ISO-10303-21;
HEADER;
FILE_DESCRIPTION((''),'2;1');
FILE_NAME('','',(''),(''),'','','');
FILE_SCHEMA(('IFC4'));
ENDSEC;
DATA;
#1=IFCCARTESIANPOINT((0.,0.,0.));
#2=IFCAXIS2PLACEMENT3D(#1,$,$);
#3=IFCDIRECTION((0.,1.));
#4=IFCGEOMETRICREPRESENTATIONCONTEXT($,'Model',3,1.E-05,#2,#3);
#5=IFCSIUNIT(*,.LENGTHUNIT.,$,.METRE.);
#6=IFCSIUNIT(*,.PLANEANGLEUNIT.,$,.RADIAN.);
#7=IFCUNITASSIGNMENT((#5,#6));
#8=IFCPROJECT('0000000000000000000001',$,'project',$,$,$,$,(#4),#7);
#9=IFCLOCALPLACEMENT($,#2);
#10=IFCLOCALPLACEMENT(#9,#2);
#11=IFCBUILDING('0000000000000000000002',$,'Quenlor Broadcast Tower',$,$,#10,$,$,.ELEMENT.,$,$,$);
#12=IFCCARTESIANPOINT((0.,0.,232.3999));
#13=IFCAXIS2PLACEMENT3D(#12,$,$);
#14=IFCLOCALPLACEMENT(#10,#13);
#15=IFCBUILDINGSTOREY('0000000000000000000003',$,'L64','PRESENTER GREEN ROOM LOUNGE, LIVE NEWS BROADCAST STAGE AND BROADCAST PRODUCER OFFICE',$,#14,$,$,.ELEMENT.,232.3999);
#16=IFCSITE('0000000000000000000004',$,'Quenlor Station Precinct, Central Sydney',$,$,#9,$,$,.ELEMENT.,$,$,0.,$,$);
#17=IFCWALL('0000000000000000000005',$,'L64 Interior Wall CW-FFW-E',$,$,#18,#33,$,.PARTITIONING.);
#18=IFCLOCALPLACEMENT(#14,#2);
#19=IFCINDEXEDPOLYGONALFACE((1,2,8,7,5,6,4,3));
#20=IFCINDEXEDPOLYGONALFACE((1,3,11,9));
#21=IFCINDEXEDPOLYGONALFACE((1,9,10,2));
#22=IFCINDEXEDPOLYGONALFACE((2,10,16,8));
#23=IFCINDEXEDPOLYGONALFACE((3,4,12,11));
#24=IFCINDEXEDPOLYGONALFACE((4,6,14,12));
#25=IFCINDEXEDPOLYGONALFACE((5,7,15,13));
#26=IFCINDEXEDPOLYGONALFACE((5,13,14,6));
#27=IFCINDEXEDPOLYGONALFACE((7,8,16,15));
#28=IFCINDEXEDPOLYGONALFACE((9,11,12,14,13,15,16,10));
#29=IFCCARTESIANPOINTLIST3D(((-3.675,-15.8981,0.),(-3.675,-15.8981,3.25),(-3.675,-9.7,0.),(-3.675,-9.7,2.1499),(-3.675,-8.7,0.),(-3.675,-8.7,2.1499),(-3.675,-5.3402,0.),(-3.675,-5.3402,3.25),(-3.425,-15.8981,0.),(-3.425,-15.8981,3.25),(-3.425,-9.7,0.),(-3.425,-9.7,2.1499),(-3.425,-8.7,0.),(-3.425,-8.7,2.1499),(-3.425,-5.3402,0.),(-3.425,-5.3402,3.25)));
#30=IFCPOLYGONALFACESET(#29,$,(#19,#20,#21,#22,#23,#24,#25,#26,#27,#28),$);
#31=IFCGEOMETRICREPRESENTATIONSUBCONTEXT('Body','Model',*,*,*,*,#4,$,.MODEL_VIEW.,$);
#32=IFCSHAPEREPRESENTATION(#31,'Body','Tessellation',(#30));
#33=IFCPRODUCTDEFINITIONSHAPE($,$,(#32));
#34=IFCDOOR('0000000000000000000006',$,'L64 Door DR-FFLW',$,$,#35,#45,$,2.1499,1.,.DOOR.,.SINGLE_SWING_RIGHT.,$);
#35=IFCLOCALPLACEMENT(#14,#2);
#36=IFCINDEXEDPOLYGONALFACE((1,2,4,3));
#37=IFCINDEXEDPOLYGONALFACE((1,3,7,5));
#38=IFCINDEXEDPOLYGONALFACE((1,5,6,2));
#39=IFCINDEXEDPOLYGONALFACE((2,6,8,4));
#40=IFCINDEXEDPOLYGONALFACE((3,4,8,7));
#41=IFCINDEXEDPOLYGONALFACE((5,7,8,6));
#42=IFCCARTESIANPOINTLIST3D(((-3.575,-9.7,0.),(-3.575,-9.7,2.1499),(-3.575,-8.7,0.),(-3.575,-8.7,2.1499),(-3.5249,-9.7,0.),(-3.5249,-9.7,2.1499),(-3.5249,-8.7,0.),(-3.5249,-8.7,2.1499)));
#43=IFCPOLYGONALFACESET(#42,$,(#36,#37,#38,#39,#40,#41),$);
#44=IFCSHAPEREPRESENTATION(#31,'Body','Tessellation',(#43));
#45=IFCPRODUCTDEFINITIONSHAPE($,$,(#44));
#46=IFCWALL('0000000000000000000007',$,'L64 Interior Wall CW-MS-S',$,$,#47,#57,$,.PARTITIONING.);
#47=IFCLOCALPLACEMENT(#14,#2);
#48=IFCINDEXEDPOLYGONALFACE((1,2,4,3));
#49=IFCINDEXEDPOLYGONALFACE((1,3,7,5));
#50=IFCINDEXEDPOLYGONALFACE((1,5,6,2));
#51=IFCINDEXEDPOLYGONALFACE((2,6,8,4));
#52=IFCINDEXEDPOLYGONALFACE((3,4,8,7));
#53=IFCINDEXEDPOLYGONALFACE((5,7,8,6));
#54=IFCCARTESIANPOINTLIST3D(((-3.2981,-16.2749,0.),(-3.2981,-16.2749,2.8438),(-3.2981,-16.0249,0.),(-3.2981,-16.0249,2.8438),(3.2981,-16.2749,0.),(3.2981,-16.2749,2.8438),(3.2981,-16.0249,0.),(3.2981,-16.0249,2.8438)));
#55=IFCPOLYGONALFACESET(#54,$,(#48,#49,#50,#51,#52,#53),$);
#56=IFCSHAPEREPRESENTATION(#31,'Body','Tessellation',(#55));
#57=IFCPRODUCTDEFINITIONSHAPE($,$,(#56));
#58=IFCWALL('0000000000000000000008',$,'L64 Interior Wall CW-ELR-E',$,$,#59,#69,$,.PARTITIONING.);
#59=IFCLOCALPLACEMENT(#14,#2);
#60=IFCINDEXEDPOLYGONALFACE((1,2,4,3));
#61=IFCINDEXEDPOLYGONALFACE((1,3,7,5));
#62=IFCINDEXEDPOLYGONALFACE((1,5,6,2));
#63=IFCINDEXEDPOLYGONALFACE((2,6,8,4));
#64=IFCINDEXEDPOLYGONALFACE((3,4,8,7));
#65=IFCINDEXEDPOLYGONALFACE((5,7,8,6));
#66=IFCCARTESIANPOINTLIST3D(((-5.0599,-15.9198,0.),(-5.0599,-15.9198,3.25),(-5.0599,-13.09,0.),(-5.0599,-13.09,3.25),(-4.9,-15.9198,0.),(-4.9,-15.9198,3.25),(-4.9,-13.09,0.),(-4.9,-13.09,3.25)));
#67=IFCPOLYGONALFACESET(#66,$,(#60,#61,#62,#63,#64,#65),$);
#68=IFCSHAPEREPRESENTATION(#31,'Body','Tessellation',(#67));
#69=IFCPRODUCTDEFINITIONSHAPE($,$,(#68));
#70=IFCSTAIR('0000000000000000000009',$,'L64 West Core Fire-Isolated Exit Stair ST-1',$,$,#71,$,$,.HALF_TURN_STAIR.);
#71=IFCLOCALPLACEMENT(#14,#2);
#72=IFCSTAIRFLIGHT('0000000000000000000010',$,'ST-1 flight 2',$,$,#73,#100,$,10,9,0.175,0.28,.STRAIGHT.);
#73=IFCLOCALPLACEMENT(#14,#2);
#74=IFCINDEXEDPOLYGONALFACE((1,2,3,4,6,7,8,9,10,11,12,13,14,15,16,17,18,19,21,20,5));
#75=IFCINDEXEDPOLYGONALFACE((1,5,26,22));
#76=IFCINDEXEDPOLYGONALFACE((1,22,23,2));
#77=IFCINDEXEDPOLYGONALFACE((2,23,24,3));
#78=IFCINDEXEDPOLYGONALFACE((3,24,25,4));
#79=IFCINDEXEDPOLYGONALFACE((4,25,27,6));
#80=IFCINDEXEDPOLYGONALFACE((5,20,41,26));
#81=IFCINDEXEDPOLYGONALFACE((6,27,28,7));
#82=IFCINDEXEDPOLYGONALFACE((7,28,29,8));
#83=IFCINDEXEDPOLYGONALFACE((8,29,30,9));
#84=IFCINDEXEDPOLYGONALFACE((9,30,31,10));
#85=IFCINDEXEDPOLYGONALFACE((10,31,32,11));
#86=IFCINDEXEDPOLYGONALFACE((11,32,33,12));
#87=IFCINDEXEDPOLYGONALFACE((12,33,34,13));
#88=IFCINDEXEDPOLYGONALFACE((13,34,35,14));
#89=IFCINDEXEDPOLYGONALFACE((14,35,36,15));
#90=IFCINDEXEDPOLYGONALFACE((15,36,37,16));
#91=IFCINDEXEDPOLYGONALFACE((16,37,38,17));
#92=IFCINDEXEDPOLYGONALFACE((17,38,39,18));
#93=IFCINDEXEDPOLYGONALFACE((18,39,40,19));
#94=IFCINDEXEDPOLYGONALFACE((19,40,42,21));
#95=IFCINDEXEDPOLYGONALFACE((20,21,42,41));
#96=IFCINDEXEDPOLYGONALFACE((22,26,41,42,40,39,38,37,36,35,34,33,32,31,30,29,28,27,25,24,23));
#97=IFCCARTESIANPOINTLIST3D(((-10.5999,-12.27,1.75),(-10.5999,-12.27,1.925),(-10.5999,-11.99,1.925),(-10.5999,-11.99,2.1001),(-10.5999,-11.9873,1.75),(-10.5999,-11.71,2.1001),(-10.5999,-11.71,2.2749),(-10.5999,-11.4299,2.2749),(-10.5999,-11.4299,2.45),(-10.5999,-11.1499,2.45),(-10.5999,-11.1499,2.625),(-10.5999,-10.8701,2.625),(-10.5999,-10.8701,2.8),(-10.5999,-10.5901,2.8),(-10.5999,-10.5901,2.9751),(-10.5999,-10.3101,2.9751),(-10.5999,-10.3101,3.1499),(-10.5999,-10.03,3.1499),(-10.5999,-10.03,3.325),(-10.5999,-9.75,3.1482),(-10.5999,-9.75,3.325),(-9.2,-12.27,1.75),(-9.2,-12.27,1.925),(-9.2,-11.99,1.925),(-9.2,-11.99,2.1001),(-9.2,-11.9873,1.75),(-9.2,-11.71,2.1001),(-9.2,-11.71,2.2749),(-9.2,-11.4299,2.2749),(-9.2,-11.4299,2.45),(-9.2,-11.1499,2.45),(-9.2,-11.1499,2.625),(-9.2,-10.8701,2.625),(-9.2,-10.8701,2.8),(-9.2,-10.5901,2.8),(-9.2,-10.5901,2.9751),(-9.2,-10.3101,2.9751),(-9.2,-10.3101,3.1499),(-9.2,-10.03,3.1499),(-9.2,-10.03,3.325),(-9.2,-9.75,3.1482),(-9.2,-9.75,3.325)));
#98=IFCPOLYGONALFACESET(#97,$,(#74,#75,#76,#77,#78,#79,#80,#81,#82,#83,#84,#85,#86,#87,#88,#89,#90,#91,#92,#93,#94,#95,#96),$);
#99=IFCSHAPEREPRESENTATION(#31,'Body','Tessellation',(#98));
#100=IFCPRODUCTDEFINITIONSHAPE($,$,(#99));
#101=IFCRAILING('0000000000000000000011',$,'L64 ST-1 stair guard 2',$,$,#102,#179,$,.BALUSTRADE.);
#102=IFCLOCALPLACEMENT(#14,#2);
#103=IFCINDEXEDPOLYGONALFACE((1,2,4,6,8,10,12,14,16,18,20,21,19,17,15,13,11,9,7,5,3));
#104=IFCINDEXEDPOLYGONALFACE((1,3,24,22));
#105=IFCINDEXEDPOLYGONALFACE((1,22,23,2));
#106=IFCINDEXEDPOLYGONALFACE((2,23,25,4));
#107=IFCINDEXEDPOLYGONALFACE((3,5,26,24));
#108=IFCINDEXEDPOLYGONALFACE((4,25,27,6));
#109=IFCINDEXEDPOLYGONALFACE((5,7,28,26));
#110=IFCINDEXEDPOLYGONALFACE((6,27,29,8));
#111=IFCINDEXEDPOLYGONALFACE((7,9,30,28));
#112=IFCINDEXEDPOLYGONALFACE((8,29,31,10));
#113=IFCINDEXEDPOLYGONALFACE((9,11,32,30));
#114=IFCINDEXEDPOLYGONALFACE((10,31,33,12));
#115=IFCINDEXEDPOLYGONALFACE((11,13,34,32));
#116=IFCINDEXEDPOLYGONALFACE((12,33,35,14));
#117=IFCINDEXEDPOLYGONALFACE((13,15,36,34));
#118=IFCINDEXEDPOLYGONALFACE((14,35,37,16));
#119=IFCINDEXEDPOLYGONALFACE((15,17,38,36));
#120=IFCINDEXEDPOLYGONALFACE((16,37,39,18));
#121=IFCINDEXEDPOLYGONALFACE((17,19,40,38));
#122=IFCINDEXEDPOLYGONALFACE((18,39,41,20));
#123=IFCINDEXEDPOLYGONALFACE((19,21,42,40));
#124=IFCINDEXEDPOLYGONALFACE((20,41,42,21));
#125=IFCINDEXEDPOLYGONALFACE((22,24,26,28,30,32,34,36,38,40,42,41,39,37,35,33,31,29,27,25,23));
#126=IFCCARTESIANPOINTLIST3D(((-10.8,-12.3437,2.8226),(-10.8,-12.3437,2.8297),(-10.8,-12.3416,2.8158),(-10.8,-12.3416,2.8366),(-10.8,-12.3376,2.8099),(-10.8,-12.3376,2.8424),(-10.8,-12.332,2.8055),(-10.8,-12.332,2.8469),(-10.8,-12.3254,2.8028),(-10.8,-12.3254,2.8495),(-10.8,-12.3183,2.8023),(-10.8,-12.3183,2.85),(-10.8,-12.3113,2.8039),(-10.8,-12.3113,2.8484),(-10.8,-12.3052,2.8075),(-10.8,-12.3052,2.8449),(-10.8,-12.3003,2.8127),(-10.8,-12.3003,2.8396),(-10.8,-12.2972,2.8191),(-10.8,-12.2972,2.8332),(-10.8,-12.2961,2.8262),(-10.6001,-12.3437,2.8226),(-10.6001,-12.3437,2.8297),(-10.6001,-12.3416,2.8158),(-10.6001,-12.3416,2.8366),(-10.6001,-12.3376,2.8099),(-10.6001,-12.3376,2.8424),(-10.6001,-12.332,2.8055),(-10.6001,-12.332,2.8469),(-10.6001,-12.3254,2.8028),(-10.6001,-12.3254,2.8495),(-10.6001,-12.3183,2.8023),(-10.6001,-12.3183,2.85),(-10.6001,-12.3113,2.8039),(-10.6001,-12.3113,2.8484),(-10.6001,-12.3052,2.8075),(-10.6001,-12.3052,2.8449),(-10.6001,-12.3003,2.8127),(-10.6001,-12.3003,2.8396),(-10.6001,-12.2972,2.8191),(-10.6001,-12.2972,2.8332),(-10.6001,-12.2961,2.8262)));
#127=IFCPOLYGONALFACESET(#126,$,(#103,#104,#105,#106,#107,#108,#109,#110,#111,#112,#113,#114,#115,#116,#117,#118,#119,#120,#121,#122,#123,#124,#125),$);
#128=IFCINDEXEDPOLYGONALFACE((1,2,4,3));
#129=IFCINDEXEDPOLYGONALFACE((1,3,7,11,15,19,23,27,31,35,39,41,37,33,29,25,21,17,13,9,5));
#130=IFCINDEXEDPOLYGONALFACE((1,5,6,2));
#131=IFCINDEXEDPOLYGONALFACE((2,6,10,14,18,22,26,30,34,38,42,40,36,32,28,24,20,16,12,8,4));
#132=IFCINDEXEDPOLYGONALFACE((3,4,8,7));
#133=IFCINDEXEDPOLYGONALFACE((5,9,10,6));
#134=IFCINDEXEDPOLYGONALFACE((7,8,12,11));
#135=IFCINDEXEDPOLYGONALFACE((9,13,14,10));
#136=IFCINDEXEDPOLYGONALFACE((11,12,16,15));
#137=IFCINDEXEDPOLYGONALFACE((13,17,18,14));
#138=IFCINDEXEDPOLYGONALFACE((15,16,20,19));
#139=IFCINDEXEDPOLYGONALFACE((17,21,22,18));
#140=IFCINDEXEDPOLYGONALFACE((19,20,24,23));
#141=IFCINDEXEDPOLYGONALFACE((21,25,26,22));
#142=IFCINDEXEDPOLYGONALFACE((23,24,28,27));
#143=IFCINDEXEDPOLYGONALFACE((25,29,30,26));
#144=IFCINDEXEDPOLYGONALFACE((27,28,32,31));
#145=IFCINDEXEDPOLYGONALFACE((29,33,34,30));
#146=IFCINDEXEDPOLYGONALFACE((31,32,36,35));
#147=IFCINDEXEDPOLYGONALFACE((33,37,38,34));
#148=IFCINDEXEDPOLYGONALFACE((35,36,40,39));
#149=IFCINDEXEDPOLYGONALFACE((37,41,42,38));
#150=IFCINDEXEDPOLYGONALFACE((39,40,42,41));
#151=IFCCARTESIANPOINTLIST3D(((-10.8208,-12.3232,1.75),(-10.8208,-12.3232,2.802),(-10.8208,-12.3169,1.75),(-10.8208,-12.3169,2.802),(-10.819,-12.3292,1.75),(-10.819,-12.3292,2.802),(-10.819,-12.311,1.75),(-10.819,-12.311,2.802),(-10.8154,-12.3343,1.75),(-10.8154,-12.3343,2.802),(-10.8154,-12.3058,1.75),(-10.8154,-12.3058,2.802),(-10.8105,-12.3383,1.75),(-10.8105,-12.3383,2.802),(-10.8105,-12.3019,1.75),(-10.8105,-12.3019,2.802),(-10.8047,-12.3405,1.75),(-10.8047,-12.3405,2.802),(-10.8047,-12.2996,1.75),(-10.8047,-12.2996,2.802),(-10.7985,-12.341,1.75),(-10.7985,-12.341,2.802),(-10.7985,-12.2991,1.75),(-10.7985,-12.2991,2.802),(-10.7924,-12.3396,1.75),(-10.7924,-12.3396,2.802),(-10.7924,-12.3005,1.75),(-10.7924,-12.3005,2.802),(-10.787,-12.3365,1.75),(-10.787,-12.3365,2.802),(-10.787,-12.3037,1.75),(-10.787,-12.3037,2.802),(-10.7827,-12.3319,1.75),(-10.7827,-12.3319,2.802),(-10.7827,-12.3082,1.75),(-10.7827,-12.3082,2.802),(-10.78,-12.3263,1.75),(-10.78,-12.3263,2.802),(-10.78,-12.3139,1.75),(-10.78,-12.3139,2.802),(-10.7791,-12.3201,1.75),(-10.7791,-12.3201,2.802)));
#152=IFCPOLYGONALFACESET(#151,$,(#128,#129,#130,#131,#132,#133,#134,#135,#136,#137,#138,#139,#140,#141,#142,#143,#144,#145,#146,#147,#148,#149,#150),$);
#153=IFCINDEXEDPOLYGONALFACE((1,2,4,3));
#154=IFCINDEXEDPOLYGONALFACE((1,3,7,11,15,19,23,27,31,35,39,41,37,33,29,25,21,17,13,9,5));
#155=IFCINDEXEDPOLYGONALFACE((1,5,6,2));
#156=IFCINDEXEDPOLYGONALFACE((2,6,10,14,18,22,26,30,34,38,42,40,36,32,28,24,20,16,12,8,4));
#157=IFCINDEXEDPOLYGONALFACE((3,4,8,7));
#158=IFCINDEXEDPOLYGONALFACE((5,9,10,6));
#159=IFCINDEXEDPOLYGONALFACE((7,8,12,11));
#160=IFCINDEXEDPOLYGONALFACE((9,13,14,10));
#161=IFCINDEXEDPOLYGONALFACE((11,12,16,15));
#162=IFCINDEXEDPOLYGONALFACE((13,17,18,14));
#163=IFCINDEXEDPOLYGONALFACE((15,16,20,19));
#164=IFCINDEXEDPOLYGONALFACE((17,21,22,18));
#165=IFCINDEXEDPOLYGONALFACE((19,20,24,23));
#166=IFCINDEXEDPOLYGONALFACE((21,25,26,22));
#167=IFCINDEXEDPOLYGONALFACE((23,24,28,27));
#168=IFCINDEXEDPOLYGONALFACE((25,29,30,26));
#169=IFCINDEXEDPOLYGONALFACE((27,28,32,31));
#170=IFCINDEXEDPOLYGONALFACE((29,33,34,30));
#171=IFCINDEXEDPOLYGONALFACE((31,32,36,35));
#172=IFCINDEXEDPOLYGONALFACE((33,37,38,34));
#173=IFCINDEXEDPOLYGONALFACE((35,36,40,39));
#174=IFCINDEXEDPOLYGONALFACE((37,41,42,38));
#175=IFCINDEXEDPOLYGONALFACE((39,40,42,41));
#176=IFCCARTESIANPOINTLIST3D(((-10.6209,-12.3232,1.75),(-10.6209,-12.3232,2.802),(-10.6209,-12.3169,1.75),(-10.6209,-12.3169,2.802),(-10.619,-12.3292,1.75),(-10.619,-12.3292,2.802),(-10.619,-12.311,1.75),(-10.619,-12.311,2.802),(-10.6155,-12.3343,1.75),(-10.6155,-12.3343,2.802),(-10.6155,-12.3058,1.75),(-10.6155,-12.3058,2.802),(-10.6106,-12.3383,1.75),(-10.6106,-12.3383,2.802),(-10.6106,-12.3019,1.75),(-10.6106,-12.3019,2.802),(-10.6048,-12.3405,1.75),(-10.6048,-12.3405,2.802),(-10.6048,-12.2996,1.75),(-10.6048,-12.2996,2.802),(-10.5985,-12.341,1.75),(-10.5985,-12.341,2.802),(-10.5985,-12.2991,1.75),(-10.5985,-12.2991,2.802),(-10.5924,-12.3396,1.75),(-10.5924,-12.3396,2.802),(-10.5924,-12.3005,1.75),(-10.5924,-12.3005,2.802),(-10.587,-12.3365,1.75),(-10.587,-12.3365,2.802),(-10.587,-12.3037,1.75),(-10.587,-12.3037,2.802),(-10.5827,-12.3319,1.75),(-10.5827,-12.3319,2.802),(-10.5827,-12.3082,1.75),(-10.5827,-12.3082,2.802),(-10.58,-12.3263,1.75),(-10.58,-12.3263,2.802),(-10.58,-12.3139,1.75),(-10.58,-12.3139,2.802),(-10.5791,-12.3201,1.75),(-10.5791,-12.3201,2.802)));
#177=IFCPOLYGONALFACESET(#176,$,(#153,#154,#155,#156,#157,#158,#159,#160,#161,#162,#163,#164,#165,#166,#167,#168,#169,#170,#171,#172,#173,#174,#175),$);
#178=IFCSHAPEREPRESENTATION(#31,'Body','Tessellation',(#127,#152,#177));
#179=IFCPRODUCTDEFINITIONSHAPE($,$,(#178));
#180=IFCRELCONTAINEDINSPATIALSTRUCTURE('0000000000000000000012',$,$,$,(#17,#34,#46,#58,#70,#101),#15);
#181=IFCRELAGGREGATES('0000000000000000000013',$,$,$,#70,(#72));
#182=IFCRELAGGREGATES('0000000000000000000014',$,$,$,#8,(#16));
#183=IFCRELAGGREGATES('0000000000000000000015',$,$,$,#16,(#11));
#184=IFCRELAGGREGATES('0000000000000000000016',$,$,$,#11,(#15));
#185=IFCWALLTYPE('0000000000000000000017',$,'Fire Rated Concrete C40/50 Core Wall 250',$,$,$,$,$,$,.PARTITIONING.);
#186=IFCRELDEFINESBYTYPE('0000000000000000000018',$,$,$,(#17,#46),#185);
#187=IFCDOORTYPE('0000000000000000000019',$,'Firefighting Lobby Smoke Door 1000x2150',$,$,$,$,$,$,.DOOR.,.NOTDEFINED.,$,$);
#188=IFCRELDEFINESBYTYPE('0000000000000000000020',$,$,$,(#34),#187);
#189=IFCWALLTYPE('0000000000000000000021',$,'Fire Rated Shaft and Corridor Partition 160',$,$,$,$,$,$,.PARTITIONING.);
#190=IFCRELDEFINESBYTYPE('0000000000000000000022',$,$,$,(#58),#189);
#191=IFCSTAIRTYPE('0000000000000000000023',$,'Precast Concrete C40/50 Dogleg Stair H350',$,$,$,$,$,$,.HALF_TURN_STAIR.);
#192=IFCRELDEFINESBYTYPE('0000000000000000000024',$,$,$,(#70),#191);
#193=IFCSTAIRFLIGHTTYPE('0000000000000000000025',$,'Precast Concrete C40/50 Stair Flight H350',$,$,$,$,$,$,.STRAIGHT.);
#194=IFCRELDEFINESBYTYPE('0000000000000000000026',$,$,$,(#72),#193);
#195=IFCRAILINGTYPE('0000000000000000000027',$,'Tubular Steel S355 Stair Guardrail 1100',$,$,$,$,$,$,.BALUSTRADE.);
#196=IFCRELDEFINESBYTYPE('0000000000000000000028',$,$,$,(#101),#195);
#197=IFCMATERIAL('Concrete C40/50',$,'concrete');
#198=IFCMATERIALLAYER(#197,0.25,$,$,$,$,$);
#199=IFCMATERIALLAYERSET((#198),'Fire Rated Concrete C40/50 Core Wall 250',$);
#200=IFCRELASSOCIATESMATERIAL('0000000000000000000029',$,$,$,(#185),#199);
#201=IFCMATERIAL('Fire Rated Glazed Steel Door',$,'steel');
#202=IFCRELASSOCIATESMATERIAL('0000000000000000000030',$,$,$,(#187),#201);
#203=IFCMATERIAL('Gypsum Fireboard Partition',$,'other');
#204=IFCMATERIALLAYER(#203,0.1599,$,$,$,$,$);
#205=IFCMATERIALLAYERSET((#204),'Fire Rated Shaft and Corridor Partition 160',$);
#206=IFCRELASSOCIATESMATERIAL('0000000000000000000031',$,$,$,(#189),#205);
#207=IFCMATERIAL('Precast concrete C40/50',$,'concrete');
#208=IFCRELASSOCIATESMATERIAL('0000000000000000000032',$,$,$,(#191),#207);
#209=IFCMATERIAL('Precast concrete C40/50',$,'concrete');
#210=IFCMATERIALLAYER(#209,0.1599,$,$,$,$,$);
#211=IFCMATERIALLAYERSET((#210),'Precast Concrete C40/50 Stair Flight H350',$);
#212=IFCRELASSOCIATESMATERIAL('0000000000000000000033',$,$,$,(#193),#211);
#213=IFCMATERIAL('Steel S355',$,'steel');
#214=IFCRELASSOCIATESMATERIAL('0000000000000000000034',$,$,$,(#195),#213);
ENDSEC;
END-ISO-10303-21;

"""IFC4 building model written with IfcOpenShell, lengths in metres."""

from ifc_helpers import new_model, si_unit, direction, frame, frame_2d, origin, origin_2d, place, context, subcontext, project, spatial, polyline, rectangle, circle, outline, extrude, material, layer, layer_set, type_object, element, fill, aggregate, save


model = new_model("IFC4")

# Units and contexts
model_context = context("Model", 3, precision=1e-05, world=origin(), true_north=direction((0.0, 1.0)))
body_context = subcontext(model_context, "Body", "Model", "MODEL_VIEW")
ifc_project = project(units=[si_unit("LENGTHUNIT", "METRE"), si_unit("PLANEANGLEUNIT", "RADIAN")], contexts=[model_context])

# Site, building, storey
site_placement = place(None, origin())
site = spatial("IfcSite", under=ifc_project, at=site_placement, Name="Quenlor Station Precinct, Central Sydney", CompositionType="ELEMENT", RefElevation=0.0)
building_placement = place(site_placement, origin())
building = spatial("IfcBuilding", under=site, at=building_placement, Name="Quenlor Broadcast Tower", CompositionType="ELEMENT")
storey_placement = place(building_placement, frame((0.0, 0.0, 232.3999)))
storey = spatial("IfcBuildingStorey", under=building, at=storey_placement, Name="L64", Description="PRESENTER GREEN ROOM LOUNGE, LIVE NEWS BROADCAST STAGE AND BROADCAST PRODUCER OFFICE", CompositionType="ELEMENT", Elevation=232.3999)

# Shared definitions
ifc_material_1 = material(Name="Concrete C40/50", Category="concrete")
ifc_layer_1 = layer(ifc_material_1, 0.25)
ifc_layer_set_1 = layer_set([ifc_layer_1], Name="Fire Rated Concrete C40/50 Core Wall 250")
wall_type_1 = type_object("IfcWallType", Name="Fire Rated Concrete C40/50 Core Wall 250", PredefinedType="PARTITIONING", material=ifc_layer_set_1)

# Wall, opening, door
wall_1_placement = place(storey_placement, frame((-3.55, -15.8979, 0.0), z_axis=(0.0, 0.0, 1.0), x_axis=(0.0, 1.0, 0.0)))
wall_1 = element("IfcWall", 1, at=wall_1_placement, inside=storey, type_object=wall_type_1, Name="L64 Interior Wall CW-FFW-E", PredefinedType="PARTITIONING", context=body_context, shape_type="SweptSolid", body=[
    extrude(rectangle(XDim=10.5579, YDim=0.25, at=frame_2d((5.2788, 0.0))), origin(), (0.0, 0.0, 1.0), 3.25),
])
opening_1_placement = place(wall_1_placement, frame((6.198, 0.0, 0.0)))
opening_1 = element("IfcOpeningElement", 2, at=opening_1_placement, cuts=wall_1, PredefinedType="OPENING", context=body_context, shape_type="SweptSolid", body=[
    extrude(rectangle(XDim=1.0, YDim=2.1499, at=frame_2d((0.5, 1.075))), frame((0.0, 0.135, 0.0), z_axis=(0.0, -1.0, 0.0), x_axis=(1.0, 0.0, 0.0)), (0.0, 0.0, 1.0), 0.27),
])
ifc_material_2 = material(Name="Fire Rated Glazed Steel Door", Category="steel")
door_type_1 = type_object("IfcDoorType", Name="Firefighting Lobby Smoke Door 1000x2150", OperationType="NOTDEFINED", PredefinedType="DOOR", material=ifc_material_2)
door_1_placement = place(opening_1_placement, origin())
door_1 = element("IfcDoor", 3, at=door_1_placement, inside=storey, type_object=door_type_1, Name="L64 Door DR-FFLW", OperationType="SINGLE_SWING_RIGHT", OverallHeight=2.1499, OverallWidth=1.0, PredefinedType="DOOR", context=body_context, shape_type="SweptSolid", body=[
    extrude(rectangle(XDim=1.0, YDim=2.1499, at=frame_2d((0.5, 1.075))), frame((0.0, 0.0249, 0.0), z_axis=(0.0, -1.0, 0.0), x_axis=(1.0, 0.0, 0.0)), (0.0, 0.0, 1.0), 0.05),
])
fill(opening_1, door_1)

# Walls
wall_2_placement = place(storey_placement, frame((-3.2981, -16.1499, 0.0), z_axis=(0.0, 0.0, 1.0), x_axis=(1.0, 0.0, 0.0)))
element("IfcWall", 4, at=wall_2_placement, inside=storey, type_object=wall_type_1, Name="L64 Interior Wall CW-MS-S", PredefinedType="PARTITIONING", context=body_context, shape_type="SweptSolid", body=[
    extrude(rectangle(XDim=6.5962, YDim=0.25, at=frame_2d((3.2981, 0.0))), origin(), (0.0, 0.0, 1.0), 2.8438),
])
ifc_material_3 = material(Name="Gypsum Fireboard Partition", Category="other")
ifc_layer_2 = layer(ifc_material_3, 0.1599)
ifc_layer_set_2 = layer_set([ifc_layer_2], Name="Fire Rated Shaft and Corridor Partition 160")
wall_type_2 = type_object("IfcWallType", Name="Fire Rated Shaft and Corridor Partition 160", PredefinedType="PARTITIONING", material=ifc_layer_set_2)
wall_3_placement = place(storey_placement, frame((-4.98, -15.9199, 0.0), z_axis=(0.0, 0.0, 1.0), x_axis=(0.0, 1.0, 0.0)))
element("IfcWall", 5, at=wall_3_placement, inside=storey, type_object=wall_type_2, Name="L64 Interior Wall CW-ELR-E", PredefinedType="PARTITIONING", context=body_context, shape_type="SweptSolid", body=[
    extrude(rectangle(XDim=2.8298, YDim=0.1599, at=frame_2d((1.415, 0.0))), origin(), (0.0, 0.0, 1.0), 3.25),
])

# Stair, stair flight
ifc_material_4 = material(Name="Precast concrete C40/50", Category="concrete")
stair_type = type_object("IfcStairType", Name="Precast Concrete C40/50 Dogleg Stair H350", PredefinedType="HALF_TURN_STAIR", material=ifc_material_4)
stair_placement = place(storey_placement, origin())
stair = element("IfcStair", 6, at=stair_placement, inside=storey, type_object=stair_type, Name="L64 West Core Fire-Isolated Exit Stair ST-1", PredefinedType="HALF_TURN_STAIR")
ifc_material_5 = material(Name="Precast concrete C40/50", Category="concrete")
ifc_layer_3 = layer(ifc_material_5, 0.1599)
ifc_layer_set_3 = layer_set([ifc_layer_3], Name="Precast Concrete C40/50 Stair Flight H350")
stair_flight_type = type_object("IfcStairFlightType", Name="Precast Concrete C40/50 Stair Flight H350", PredefinedType="STRAIGHT", material=ifc_layer_set_3)
stair_flight_placement = place(storey_placement, frame((-9.8999, -12.27, 1.75), z_axis=(0.0, 0.0, 1.0), x_axis=(0.0, 1.0, 0.0)))
stair_flight = element("IfcStairFlight", 7, at=stair_flight_placement, type_object=stair_flight_type, Name="ST-1 flight 2", NumberOfRisers=10, NumberOfTreads=9, PredefinedType="STRAIGHT", RiserHeight=0.175, TreadLength=0.28, context=body_context, shape_type="SweptSolid", body=[
    extrude(outline(polyline([(0.0, 0.0), (0.0, 0.175), (0.28, 0.175), (0.28, 0.3501), (0.5601, 0.3501), (0.5601, 0.5249), (0.8401, 0.5249), (0.8401, 0.7), (1.1201, 0.7), (1.1201, 0.875), (1.3999, 0.875), (1.3999, 1.05), (1.6799, 1.05), (1.6799, 1.2251), (1.96, 1.2251), (1.96, 1.3999), (2.24, 1.3999), (2.24, 1.575), (2.52, 1.575), (2.52, 1.75), (2.52, 1.3982), (0.2827, 0.0), (0.0, 0.0)])), frame((0.0, 0.7, 0.0), z_axis=(0.0, -1.0, 0.0), x_axis=(1.0, 0.0, 0.0)), (0.0, 0.0, 1.0), 1.3999),
])
aggregate(stair, [stair_flight])

# Railing
ifc_material_6 = material(Name="Steel S355", Category="steel")
railing_type = type_object("IfcRailingType", Name="Tubular Steel S355 Stair Guardrail 1100", PredefinedType="BALUSTRADE", material=ifc_material_6)
railing_1_placement = place(storey_placement, frame((-10.8, -12.3201, 1.75)))
element("IfcRailing", 8, at=railing_1_placement, inside=storey, type_object=railing_type, Name="L64 ST-1 stair guard 2", PredefinedType="BALUSTRADE", context=body_context, shape_type="SweptSolid", body=[
    extrude(circle(Radius=0.0239, at=origin_2d()), frame((0.0, 0.0, 1.0762), z_axis=(1.0, 0.0, 0.0), x_axis=(0.0, 1.0, 0.0)), (0.0, 0.0, 1.0), 0.2),
    extrude(circle(Radius=0.021, at=origin_2d()), origin(), (0.0, 0.0, 1.0), 1.052),
    extrude(circle(Radius=0.021, at=origin_2d()), frame((0.2, 0.0, 0.0)), (0.0, 0.0, 1.0), 1.052),
])

save(model, "model.ifc")
